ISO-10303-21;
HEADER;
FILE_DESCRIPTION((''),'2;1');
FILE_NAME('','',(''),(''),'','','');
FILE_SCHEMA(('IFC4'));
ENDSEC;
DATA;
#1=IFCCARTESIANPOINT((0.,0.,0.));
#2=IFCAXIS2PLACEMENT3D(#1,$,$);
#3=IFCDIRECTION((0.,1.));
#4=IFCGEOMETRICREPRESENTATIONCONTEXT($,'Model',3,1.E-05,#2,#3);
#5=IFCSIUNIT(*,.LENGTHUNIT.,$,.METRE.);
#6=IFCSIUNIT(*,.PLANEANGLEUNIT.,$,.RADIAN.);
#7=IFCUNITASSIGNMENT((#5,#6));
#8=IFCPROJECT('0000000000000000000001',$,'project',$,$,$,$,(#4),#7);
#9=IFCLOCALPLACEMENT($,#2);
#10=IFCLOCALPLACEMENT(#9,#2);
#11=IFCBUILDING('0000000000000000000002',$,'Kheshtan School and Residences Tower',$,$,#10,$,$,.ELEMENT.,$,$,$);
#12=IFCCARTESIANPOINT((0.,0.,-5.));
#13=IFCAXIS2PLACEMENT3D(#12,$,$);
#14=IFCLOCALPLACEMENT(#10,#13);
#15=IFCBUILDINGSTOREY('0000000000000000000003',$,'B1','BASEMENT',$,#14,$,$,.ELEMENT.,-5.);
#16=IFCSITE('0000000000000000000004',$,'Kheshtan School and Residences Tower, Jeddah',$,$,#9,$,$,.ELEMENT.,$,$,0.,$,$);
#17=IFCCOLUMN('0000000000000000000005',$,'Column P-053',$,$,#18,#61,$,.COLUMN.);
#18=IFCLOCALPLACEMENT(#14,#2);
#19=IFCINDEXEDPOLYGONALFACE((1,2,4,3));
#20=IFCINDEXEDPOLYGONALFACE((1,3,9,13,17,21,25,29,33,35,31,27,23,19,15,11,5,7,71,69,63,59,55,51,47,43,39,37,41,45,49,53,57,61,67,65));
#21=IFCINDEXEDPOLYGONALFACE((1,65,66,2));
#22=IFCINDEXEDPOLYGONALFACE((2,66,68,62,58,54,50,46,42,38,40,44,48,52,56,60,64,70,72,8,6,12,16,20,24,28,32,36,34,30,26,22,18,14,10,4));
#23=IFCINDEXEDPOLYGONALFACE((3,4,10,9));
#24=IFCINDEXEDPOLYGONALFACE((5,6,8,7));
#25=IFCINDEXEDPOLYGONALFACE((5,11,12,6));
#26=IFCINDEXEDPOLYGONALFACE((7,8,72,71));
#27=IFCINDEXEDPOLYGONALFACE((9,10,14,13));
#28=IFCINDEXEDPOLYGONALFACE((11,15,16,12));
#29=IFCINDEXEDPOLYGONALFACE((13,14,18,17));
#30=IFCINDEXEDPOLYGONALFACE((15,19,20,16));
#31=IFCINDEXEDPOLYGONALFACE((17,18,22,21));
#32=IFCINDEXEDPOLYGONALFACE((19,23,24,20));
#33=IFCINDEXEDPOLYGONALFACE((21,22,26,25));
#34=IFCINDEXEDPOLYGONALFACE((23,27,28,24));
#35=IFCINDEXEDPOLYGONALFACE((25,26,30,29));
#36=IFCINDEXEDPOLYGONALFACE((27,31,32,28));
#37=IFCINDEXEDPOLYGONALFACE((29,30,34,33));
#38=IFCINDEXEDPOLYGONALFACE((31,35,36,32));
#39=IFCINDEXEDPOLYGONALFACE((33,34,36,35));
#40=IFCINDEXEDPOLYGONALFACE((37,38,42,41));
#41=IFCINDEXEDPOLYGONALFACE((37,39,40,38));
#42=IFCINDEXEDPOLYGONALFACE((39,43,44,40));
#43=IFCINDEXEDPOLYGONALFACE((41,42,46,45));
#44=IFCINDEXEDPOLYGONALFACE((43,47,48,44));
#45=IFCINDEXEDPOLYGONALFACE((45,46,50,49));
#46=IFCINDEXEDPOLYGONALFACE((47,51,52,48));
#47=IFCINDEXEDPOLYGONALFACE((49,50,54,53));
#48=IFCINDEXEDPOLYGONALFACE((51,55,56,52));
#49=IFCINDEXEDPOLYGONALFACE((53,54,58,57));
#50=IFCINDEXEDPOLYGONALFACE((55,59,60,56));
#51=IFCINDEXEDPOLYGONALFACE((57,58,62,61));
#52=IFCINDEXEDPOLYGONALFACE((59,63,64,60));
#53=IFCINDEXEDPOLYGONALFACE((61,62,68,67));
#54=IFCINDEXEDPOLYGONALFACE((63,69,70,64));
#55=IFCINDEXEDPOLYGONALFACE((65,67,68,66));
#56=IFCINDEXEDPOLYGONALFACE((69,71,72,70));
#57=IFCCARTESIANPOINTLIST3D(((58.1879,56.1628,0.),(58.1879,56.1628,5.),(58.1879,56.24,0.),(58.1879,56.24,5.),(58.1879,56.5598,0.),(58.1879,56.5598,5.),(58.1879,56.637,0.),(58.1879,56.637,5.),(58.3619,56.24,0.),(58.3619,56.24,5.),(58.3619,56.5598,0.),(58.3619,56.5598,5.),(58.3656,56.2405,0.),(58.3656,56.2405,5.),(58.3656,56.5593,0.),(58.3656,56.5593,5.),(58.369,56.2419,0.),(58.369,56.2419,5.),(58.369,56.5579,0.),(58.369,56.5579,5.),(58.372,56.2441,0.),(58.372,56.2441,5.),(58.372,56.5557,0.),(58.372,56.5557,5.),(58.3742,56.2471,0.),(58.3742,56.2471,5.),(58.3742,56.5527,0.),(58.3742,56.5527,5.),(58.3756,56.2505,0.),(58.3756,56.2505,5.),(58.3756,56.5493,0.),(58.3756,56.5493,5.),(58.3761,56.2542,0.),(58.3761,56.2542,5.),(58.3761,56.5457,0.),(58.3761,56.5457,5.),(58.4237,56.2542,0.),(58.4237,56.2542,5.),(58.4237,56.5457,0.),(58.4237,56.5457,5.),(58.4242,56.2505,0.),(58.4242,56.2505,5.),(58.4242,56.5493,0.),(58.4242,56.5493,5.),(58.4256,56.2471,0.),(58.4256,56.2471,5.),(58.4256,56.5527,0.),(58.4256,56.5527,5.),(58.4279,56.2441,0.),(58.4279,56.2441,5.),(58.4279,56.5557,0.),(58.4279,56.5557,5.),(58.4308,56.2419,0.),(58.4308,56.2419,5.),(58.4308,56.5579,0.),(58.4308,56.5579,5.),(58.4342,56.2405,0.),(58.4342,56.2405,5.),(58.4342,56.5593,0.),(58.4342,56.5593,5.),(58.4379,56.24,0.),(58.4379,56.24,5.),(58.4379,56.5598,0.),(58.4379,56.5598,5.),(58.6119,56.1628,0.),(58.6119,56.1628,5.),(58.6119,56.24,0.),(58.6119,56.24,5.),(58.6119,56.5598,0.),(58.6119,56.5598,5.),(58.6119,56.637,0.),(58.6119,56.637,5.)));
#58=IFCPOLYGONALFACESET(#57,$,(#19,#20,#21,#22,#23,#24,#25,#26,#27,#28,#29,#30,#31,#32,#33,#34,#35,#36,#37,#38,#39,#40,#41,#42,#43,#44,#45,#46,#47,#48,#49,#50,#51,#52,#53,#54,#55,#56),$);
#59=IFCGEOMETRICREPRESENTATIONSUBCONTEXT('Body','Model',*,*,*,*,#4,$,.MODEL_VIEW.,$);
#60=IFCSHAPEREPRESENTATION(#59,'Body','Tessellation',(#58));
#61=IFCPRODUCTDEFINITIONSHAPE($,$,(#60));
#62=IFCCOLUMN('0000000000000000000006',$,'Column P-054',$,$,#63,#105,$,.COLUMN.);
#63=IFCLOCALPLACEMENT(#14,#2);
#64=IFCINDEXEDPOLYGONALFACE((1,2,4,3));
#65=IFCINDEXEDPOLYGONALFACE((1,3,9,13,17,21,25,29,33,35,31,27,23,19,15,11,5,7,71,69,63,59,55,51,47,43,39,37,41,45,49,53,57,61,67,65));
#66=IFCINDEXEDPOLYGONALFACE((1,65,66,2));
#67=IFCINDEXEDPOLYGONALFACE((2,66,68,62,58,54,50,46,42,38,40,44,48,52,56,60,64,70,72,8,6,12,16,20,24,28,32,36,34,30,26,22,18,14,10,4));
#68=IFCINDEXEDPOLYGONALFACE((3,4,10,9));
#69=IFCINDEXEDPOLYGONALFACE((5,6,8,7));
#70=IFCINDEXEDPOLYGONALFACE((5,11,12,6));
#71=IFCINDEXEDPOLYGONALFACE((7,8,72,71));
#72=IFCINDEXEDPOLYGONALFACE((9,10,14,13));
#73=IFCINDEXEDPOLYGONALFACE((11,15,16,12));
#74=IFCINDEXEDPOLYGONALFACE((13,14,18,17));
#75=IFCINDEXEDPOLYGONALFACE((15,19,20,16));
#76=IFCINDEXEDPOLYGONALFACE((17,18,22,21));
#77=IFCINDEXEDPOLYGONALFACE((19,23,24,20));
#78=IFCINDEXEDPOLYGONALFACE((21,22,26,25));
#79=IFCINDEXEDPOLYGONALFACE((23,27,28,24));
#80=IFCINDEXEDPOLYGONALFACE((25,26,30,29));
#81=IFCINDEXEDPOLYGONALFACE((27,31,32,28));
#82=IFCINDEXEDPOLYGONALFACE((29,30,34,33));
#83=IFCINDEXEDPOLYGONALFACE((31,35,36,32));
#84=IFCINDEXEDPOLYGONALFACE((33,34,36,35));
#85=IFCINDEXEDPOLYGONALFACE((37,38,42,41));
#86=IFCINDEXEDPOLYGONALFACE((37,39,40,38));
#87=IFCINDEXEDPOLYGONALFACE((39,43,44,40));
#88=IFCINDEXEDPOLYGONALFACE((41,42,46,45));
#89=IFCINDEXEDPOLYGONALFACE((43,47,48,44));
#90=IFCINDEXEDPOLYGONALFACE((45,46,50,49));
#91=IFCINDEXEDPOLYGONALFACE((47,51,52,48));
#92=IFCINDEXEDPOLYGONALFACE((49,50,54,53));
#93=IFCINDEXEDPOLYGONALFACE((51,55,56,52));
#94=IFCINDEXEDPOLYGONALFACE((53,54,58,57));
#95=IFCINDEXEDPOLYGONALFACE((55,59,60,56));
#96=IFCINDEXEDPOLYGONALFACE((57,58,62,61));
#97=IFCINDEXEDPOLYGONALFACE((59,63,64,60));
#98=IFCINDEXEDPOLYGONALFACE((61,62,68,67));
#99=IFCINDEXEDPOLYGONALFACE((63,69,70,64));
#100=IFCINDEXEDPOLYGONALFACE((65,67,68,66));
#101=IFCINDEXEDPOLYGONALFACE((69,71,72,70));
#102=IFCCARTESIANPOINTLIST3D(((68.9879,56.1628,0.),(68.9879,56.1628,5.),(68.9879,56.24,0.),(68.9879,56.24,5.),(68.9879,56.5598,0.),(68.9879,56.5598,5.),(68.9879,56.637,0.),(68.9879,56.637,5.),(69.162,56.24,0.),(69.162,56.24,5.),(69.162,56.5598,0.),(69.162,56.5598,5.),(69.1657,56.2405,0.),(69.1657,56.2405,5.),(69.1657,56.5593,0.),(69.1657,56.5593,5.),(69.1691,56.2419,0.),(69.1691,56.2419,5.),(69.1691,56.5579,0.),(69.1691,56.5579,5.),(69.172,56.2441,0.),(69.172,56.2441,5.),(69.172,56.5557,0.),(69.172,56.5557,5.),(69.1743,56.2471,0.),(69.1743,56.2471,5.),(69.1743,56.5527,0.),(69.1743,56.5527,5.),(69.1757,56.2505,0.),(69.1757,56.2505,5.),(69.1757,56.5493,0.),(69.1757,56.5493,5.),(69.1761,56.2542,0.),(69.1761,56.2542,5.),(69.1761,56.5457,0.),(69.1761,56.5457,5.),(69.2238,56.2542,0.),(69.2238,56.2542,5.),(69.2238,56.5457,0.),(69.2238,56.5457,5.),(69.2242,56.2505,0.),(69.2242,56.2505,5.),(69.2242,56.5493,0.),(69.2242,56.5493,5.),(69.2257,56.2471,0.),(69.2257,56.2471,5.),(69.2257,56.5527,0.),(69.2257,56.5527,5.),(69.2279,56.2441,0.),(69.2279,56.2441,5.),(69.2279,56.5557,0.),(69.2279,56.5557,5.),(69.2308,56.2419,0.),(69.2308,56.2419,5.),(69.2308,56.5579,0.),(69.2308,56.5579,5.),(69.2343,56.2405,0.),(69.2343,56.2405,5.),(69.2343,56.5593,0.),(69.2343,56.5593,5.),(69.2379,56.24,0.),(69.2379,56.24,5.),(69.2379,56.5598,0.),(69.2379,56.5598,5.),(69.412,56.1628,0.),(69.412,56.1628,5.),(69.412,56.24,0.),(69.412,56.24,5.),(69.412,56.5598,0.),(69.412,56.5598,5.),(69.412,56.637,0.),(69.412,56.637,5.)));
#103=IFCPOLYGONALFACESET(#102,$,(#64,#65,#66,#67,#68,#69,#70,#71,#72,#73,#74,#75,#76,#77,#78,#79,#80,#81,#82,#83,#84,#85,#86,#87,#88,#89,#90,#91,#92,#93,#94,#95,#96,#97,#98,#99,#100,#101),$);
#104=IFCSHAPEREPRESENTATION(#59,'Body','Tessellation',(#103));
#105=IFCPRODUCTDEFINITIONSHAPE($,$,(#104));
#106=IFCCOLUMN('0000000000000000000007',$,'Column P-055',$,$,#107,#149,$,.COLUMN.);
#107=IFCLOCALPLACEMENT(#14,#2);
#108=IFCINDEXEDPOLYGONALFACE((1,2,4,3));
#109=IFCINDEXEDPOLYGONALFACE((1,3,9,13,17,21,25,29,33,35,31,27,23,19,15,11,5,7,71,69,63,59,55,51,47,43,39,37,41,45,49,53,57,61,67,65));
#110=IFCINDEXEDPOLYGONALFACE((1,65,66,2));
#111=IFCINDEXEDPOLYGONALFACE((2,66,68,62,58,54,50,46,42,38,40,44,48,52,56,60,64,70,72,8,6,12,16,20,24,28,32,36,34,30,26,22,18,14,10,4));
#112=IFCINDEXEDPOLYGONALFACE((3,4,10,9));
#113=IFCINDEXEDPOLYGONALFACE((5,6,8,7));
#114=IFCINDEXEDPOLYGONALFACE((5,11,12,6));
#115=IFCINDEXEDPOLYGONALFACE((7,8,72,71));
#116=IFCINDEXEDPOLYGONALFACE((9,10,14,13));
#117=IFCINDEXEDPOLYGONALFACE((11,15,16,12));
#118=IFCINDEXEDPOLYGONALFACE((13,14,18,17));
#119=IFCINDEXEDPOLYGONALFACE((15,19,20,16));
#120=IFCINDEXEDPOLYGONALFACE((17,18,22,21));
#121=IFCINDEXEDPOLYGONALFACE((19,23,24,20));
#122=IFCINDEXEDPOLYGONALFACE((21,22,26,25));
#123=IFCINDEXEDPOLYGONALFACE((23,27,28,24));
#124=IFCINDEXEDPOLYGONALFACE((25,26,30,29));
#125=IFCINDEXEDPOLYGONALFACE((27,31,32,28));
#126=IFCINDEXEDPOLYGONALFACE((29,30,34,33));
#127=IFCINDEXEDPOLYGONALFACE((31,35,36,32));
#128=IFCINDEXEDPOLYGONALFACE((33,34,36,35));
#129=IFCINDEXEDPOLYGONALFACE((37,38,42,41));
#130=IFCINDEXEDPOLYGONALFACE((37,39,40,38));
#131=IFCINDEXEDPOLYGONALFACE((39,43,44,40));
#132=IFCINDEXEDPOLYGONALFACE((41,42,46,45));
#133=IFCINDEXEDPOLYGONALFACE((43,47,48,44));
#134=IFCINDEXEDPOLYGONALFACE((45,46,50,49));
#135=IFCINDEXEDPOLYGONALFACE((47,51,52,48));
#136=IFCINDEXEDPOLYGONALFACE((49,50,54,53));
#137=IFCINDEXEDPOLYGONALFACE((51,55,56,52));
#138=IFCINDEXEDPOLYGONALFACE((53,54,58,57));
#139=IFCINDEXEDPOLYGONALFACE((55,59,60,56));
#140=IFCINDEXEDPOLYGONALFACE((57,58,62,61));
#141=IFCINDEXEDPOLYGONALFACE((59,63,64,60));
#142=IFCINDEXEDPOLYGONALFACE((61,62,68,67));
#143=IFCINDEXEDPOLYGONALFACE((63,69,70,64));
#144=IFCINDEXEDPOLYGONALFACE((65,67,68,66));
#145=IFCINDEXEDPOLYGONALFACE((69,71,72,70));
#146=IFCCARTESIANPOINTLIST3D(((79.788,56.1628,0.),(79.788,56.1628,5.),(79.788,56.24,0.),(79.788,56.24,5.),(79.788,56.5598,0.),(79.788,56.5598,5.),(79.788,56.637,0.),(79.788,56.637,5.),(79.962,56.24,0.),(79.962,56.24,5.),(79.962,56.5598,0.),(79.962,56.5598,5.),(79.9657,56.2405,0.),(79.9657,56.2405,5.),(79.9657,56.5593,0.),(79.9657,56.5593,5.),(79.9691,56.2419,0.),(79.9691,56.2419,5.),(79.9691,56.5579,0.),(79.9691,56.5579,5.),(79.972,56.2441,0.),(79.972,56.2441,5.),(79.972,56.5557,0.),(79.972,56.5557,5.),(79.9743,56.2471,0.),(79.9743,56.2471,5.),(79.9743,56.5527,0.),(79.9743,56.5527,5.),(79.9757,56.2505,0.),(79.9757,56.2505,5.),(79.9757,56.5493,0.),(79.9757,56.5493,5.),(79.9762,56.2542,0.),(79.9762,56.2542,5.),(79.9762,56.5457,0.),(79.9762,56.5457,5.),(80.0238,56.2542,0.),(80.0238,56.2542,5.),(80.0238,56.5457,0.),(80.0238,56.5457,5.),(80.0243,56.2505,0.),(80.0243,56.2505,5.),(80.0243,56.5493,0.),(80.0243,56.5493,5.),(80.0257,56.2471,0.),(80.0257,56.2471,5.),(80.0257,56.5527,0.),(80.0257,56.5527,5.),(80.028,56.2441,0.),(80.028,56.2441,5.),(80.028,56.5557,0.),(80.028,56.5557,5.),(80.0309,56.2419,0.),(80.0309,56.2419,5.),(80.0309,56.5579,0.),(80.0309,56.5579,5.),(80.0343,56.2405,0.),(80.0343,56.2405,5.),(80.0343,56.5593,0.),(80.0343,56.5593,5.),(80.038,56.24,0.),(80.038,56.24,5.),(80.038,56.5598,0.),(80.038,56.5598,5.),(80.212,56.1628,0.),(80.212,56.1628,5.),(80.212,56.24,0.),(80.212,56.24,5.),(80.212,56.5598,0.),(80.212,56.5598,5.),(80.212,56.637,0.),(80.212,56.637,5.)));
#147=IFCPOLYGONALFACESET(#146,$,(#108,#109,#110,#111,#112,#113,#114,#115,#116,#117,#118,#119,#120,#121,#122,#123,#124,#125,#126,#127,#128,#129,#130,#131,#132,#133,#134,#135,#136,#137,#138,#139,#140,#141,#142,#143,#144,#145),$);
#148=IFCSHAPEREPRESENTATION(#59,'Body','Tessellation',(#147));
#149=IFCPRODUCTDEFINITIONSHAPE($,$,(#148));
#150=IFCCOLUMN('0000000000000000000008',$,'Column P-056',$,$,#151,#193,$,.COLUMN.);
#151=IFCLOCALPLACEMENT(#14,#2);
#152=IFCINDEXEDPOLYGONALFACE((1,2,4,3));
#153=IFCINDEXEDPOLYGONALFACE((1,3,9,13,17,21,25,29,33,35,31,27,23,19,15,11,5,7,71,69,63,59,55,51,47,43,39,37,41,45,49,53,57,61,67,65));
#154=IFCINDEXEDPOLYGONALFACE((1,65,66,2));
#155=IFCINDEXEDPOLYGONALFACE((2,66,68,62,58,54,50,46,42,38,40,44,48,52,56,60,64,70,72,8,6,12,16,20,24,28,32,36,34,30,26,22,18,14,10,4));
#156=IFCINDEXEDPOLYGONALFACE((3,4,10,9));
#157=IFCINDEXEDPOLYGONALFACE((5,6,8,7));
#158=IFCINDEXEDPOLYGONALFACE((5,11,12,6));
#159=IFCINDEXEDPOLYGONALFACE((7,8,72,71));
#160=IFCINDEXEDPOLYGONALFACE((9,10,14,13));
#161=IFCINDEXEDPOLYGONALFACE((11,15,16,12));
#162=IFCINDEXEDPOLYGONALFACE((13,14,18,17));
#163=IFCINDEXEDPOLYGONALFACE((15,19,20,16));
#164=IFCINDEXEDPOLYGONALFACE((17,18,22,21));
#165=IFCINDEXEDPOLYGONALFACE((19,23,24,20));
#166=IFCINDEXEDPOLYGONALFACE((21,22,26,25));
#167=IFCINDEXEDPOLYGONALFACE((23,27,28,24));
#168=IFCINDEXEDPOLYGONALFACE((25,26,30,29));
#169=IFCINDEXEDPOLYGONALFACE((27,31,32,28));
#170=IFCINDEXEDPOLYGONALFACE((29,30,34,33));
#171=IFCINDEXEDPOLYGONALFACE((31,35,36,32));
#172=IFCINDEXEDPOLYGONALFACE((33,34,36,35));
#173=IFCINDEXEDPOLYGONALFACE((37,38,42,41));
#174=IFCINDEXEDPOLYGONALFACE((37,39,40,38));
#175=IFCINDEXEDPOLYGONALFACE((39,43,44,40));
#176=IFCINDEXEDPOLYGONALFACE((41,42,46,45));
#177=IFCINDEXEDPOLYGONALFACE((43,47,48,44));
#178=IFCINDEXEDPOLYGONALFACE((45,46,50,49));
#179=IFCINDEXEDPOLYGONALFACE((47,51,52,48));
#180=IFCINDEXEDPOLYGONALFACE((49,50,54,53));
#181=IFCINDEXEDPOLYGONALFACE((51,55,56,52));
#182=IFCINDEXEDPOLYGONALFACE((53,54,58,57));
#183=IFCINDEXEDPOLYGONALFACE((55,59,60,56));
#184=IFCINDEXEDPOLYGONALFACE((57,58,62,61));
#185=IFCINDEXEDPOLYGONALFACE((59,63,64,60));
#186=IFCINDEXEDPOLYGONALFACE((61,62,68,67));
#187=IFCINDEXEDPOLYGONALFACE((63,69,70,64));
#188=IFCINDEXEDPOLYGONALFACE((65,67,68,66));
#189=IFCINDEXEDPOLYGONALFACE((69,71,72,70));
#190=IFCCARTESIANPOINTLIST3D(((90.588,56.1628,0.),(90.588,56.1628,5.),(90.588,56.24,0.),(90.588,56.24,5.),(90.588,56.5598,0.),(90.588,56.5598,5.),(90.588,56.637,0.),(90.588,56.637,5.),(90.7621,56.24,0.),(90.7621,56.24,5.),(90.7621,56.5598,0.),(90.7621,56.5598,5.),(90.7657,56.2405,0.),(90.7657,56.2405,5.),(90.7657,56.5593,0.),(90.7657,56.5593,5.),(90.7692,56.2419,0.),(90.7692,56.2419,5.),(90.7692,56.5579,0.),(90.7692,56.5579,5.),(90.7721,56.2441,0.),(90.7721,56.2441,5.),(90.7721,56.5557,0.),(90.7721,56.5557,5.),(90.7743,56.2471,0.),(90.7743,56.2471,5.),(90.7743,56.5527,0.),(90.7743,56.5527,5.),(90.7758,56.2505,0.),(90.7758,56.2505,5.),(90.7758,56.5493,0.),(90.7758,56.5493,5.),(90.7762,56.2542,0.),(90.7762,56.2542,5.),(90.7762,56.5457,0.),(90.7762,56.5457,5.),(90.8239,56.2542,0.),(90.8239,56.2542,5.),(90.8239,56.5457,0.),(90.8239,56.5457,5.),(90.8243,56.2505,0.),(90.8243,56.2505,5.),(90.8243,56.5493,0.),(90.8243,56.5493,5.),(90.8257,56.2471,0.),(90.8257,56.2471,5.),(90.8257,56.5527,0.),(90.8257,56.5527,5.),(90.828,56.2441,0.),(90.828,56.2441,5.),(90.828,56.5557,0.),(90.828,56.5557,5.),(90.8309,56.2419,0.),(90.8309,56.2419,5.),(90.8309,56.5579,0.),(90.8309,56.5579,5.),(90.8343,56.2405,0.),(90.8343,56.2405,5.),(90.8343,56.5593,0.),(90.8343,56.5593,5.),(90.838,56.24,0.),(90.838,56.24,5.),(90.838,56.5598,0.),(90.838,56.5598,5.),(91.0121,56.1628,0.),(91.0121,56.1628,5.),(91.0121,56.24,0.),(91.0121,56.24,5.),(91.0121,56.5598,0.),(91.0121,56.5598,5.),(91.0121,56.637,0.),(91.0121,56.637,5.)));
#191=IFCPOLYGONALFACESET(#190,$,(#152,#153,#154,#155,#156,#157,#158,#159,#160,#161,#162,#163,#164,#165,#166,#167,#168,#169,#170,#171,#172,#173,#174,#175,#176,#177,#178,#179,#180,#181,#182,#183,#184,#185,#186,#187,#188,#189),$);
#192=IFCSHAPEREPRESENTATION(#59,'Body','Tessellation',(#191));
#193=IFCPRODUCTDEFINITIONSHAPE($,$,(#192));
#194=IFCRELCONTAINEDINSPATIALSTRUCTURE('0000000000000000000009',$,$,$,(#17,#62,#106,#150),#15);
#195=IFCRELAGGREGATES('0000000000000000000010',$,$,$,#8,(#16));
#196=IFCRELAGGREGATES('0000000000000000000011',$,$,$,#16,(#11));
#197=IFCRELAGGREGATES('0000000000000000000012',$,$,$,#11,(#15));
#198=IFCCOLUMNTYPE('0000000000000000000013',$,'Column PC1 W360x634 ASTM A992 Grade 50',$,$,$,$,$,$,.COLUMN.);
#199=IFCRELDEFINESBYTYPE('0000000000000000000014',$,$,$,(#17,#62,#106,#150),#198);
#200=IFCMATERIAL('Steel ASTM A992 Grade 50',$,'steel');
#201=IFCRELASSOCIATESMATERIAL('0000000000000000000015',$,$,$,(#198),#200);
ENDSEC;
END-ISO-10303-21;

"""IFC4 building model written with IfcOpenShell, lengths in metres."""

from ifc_helpers import new_model, si_unit, direction, frame, origin, origin_2d, place, context, subcontext, project, spatial, i_section, extrude, material, material_profile, profile_set, type_object, element, save


model = new_model("IFC4")

# Units and contexts
model_context = context("Model", 3, precision=1e-05, world=origin(), true_north=direction((0.0, 1.0)))
body_context = subcontext(model_context, "Body", "Model", "MODEL_VIEW")
ifc_project = project(units=[si_unit("LENGTHUNIT", "METRE"), si_unit("PLANEANGLEUNIT", "RADIAN")], contexts=[model_context])

# Site, building, storey
site_placement = place(None, origin())
site = spatial("IfcSite", under=ifc_project, at=site_placement, Name="Kheshtan School and Residences Tower, Jeddah", CompositionType="ELEMENT", RefElevation=0.0)
building_placement = place(site_placement, origin())
building = spatial("IfcBuilding", under=site, at=building_placement, Name="Kheshtan School and Residences Tower", CompositionType="ELEMENT")
storey_placement = place(building_placement, frame((0.0, 0.0, -5.0)))
storey = spatial("IfcBuildingStorey", under=building, at=storey_placement, Name="B1", Description="BASEMENT", CompositionType="ELEMENT", Elevation=-5.0)

# Columns
ifc_material_1 = material(Name="Steel ASTM A992 Grade 50", Category="steel")
ifc_material_profile_1 = material_profile(ifc_material_1, i_section(OverallWidth=0.4241, OverallDepth=0.4741, WebThickness=0.0476, FlangeThickness=0.0771, FilletRadius=0.0142, at=origin_2d()), Name="W360x634")
ifc_profile_set_1 = profile_set([ifc_material_profile_1], Name="Steel ASTM A992 Grade 50")
column_type = type_object("IfcColumnType", Name="Column PC1 W360x634 ASTM A992 Grade 50", PredefinedType="COLUMN", material=ifc_profile_set_1)
for number, where, z_axis, x_axis, name in (
    (1, (58.3999, 56.3999, 0.0), (0.0, 0.0, 1.0), (1.0, 0.0, 0.0), "Column P-053"),
    (2, (69.2, 56.3999, 0.0), (0.0, 0.0, 1.0), (1.0, 0.0, 0.0), "Column P-054"),
    (3, (80.0, 56.3999, 0.0), (0.0, 0.0, 1.0), (1.0, 0.0, 0.0), "Column P-055"),
    (4, (90.8, 56.3999, 0.0), (0.0, 0.0, 1.0), (1.0, 0.0, 0.0), "Column P-056"),
):
    element("IfcColumn", number, at=place(storey_placement, frame(where, z_axis=z_axis, x_axis=x_axis)), inside=storey, type_object=column_type, Name=name, PredefinedType="COLUMN", context=body_context, shape_type="SweptSolid", body=[
        extrude(i_section(OverallWidth=0.4241, OverallDepth=0.4741, WebThickness=0.0476, FlangeThickness=0.0771, FilletRadius=0.0142, at=origin_2d()), origin(), (0.0, 0.0, 1.0), 5.0),
    ])

save(model, "model.ifc")
